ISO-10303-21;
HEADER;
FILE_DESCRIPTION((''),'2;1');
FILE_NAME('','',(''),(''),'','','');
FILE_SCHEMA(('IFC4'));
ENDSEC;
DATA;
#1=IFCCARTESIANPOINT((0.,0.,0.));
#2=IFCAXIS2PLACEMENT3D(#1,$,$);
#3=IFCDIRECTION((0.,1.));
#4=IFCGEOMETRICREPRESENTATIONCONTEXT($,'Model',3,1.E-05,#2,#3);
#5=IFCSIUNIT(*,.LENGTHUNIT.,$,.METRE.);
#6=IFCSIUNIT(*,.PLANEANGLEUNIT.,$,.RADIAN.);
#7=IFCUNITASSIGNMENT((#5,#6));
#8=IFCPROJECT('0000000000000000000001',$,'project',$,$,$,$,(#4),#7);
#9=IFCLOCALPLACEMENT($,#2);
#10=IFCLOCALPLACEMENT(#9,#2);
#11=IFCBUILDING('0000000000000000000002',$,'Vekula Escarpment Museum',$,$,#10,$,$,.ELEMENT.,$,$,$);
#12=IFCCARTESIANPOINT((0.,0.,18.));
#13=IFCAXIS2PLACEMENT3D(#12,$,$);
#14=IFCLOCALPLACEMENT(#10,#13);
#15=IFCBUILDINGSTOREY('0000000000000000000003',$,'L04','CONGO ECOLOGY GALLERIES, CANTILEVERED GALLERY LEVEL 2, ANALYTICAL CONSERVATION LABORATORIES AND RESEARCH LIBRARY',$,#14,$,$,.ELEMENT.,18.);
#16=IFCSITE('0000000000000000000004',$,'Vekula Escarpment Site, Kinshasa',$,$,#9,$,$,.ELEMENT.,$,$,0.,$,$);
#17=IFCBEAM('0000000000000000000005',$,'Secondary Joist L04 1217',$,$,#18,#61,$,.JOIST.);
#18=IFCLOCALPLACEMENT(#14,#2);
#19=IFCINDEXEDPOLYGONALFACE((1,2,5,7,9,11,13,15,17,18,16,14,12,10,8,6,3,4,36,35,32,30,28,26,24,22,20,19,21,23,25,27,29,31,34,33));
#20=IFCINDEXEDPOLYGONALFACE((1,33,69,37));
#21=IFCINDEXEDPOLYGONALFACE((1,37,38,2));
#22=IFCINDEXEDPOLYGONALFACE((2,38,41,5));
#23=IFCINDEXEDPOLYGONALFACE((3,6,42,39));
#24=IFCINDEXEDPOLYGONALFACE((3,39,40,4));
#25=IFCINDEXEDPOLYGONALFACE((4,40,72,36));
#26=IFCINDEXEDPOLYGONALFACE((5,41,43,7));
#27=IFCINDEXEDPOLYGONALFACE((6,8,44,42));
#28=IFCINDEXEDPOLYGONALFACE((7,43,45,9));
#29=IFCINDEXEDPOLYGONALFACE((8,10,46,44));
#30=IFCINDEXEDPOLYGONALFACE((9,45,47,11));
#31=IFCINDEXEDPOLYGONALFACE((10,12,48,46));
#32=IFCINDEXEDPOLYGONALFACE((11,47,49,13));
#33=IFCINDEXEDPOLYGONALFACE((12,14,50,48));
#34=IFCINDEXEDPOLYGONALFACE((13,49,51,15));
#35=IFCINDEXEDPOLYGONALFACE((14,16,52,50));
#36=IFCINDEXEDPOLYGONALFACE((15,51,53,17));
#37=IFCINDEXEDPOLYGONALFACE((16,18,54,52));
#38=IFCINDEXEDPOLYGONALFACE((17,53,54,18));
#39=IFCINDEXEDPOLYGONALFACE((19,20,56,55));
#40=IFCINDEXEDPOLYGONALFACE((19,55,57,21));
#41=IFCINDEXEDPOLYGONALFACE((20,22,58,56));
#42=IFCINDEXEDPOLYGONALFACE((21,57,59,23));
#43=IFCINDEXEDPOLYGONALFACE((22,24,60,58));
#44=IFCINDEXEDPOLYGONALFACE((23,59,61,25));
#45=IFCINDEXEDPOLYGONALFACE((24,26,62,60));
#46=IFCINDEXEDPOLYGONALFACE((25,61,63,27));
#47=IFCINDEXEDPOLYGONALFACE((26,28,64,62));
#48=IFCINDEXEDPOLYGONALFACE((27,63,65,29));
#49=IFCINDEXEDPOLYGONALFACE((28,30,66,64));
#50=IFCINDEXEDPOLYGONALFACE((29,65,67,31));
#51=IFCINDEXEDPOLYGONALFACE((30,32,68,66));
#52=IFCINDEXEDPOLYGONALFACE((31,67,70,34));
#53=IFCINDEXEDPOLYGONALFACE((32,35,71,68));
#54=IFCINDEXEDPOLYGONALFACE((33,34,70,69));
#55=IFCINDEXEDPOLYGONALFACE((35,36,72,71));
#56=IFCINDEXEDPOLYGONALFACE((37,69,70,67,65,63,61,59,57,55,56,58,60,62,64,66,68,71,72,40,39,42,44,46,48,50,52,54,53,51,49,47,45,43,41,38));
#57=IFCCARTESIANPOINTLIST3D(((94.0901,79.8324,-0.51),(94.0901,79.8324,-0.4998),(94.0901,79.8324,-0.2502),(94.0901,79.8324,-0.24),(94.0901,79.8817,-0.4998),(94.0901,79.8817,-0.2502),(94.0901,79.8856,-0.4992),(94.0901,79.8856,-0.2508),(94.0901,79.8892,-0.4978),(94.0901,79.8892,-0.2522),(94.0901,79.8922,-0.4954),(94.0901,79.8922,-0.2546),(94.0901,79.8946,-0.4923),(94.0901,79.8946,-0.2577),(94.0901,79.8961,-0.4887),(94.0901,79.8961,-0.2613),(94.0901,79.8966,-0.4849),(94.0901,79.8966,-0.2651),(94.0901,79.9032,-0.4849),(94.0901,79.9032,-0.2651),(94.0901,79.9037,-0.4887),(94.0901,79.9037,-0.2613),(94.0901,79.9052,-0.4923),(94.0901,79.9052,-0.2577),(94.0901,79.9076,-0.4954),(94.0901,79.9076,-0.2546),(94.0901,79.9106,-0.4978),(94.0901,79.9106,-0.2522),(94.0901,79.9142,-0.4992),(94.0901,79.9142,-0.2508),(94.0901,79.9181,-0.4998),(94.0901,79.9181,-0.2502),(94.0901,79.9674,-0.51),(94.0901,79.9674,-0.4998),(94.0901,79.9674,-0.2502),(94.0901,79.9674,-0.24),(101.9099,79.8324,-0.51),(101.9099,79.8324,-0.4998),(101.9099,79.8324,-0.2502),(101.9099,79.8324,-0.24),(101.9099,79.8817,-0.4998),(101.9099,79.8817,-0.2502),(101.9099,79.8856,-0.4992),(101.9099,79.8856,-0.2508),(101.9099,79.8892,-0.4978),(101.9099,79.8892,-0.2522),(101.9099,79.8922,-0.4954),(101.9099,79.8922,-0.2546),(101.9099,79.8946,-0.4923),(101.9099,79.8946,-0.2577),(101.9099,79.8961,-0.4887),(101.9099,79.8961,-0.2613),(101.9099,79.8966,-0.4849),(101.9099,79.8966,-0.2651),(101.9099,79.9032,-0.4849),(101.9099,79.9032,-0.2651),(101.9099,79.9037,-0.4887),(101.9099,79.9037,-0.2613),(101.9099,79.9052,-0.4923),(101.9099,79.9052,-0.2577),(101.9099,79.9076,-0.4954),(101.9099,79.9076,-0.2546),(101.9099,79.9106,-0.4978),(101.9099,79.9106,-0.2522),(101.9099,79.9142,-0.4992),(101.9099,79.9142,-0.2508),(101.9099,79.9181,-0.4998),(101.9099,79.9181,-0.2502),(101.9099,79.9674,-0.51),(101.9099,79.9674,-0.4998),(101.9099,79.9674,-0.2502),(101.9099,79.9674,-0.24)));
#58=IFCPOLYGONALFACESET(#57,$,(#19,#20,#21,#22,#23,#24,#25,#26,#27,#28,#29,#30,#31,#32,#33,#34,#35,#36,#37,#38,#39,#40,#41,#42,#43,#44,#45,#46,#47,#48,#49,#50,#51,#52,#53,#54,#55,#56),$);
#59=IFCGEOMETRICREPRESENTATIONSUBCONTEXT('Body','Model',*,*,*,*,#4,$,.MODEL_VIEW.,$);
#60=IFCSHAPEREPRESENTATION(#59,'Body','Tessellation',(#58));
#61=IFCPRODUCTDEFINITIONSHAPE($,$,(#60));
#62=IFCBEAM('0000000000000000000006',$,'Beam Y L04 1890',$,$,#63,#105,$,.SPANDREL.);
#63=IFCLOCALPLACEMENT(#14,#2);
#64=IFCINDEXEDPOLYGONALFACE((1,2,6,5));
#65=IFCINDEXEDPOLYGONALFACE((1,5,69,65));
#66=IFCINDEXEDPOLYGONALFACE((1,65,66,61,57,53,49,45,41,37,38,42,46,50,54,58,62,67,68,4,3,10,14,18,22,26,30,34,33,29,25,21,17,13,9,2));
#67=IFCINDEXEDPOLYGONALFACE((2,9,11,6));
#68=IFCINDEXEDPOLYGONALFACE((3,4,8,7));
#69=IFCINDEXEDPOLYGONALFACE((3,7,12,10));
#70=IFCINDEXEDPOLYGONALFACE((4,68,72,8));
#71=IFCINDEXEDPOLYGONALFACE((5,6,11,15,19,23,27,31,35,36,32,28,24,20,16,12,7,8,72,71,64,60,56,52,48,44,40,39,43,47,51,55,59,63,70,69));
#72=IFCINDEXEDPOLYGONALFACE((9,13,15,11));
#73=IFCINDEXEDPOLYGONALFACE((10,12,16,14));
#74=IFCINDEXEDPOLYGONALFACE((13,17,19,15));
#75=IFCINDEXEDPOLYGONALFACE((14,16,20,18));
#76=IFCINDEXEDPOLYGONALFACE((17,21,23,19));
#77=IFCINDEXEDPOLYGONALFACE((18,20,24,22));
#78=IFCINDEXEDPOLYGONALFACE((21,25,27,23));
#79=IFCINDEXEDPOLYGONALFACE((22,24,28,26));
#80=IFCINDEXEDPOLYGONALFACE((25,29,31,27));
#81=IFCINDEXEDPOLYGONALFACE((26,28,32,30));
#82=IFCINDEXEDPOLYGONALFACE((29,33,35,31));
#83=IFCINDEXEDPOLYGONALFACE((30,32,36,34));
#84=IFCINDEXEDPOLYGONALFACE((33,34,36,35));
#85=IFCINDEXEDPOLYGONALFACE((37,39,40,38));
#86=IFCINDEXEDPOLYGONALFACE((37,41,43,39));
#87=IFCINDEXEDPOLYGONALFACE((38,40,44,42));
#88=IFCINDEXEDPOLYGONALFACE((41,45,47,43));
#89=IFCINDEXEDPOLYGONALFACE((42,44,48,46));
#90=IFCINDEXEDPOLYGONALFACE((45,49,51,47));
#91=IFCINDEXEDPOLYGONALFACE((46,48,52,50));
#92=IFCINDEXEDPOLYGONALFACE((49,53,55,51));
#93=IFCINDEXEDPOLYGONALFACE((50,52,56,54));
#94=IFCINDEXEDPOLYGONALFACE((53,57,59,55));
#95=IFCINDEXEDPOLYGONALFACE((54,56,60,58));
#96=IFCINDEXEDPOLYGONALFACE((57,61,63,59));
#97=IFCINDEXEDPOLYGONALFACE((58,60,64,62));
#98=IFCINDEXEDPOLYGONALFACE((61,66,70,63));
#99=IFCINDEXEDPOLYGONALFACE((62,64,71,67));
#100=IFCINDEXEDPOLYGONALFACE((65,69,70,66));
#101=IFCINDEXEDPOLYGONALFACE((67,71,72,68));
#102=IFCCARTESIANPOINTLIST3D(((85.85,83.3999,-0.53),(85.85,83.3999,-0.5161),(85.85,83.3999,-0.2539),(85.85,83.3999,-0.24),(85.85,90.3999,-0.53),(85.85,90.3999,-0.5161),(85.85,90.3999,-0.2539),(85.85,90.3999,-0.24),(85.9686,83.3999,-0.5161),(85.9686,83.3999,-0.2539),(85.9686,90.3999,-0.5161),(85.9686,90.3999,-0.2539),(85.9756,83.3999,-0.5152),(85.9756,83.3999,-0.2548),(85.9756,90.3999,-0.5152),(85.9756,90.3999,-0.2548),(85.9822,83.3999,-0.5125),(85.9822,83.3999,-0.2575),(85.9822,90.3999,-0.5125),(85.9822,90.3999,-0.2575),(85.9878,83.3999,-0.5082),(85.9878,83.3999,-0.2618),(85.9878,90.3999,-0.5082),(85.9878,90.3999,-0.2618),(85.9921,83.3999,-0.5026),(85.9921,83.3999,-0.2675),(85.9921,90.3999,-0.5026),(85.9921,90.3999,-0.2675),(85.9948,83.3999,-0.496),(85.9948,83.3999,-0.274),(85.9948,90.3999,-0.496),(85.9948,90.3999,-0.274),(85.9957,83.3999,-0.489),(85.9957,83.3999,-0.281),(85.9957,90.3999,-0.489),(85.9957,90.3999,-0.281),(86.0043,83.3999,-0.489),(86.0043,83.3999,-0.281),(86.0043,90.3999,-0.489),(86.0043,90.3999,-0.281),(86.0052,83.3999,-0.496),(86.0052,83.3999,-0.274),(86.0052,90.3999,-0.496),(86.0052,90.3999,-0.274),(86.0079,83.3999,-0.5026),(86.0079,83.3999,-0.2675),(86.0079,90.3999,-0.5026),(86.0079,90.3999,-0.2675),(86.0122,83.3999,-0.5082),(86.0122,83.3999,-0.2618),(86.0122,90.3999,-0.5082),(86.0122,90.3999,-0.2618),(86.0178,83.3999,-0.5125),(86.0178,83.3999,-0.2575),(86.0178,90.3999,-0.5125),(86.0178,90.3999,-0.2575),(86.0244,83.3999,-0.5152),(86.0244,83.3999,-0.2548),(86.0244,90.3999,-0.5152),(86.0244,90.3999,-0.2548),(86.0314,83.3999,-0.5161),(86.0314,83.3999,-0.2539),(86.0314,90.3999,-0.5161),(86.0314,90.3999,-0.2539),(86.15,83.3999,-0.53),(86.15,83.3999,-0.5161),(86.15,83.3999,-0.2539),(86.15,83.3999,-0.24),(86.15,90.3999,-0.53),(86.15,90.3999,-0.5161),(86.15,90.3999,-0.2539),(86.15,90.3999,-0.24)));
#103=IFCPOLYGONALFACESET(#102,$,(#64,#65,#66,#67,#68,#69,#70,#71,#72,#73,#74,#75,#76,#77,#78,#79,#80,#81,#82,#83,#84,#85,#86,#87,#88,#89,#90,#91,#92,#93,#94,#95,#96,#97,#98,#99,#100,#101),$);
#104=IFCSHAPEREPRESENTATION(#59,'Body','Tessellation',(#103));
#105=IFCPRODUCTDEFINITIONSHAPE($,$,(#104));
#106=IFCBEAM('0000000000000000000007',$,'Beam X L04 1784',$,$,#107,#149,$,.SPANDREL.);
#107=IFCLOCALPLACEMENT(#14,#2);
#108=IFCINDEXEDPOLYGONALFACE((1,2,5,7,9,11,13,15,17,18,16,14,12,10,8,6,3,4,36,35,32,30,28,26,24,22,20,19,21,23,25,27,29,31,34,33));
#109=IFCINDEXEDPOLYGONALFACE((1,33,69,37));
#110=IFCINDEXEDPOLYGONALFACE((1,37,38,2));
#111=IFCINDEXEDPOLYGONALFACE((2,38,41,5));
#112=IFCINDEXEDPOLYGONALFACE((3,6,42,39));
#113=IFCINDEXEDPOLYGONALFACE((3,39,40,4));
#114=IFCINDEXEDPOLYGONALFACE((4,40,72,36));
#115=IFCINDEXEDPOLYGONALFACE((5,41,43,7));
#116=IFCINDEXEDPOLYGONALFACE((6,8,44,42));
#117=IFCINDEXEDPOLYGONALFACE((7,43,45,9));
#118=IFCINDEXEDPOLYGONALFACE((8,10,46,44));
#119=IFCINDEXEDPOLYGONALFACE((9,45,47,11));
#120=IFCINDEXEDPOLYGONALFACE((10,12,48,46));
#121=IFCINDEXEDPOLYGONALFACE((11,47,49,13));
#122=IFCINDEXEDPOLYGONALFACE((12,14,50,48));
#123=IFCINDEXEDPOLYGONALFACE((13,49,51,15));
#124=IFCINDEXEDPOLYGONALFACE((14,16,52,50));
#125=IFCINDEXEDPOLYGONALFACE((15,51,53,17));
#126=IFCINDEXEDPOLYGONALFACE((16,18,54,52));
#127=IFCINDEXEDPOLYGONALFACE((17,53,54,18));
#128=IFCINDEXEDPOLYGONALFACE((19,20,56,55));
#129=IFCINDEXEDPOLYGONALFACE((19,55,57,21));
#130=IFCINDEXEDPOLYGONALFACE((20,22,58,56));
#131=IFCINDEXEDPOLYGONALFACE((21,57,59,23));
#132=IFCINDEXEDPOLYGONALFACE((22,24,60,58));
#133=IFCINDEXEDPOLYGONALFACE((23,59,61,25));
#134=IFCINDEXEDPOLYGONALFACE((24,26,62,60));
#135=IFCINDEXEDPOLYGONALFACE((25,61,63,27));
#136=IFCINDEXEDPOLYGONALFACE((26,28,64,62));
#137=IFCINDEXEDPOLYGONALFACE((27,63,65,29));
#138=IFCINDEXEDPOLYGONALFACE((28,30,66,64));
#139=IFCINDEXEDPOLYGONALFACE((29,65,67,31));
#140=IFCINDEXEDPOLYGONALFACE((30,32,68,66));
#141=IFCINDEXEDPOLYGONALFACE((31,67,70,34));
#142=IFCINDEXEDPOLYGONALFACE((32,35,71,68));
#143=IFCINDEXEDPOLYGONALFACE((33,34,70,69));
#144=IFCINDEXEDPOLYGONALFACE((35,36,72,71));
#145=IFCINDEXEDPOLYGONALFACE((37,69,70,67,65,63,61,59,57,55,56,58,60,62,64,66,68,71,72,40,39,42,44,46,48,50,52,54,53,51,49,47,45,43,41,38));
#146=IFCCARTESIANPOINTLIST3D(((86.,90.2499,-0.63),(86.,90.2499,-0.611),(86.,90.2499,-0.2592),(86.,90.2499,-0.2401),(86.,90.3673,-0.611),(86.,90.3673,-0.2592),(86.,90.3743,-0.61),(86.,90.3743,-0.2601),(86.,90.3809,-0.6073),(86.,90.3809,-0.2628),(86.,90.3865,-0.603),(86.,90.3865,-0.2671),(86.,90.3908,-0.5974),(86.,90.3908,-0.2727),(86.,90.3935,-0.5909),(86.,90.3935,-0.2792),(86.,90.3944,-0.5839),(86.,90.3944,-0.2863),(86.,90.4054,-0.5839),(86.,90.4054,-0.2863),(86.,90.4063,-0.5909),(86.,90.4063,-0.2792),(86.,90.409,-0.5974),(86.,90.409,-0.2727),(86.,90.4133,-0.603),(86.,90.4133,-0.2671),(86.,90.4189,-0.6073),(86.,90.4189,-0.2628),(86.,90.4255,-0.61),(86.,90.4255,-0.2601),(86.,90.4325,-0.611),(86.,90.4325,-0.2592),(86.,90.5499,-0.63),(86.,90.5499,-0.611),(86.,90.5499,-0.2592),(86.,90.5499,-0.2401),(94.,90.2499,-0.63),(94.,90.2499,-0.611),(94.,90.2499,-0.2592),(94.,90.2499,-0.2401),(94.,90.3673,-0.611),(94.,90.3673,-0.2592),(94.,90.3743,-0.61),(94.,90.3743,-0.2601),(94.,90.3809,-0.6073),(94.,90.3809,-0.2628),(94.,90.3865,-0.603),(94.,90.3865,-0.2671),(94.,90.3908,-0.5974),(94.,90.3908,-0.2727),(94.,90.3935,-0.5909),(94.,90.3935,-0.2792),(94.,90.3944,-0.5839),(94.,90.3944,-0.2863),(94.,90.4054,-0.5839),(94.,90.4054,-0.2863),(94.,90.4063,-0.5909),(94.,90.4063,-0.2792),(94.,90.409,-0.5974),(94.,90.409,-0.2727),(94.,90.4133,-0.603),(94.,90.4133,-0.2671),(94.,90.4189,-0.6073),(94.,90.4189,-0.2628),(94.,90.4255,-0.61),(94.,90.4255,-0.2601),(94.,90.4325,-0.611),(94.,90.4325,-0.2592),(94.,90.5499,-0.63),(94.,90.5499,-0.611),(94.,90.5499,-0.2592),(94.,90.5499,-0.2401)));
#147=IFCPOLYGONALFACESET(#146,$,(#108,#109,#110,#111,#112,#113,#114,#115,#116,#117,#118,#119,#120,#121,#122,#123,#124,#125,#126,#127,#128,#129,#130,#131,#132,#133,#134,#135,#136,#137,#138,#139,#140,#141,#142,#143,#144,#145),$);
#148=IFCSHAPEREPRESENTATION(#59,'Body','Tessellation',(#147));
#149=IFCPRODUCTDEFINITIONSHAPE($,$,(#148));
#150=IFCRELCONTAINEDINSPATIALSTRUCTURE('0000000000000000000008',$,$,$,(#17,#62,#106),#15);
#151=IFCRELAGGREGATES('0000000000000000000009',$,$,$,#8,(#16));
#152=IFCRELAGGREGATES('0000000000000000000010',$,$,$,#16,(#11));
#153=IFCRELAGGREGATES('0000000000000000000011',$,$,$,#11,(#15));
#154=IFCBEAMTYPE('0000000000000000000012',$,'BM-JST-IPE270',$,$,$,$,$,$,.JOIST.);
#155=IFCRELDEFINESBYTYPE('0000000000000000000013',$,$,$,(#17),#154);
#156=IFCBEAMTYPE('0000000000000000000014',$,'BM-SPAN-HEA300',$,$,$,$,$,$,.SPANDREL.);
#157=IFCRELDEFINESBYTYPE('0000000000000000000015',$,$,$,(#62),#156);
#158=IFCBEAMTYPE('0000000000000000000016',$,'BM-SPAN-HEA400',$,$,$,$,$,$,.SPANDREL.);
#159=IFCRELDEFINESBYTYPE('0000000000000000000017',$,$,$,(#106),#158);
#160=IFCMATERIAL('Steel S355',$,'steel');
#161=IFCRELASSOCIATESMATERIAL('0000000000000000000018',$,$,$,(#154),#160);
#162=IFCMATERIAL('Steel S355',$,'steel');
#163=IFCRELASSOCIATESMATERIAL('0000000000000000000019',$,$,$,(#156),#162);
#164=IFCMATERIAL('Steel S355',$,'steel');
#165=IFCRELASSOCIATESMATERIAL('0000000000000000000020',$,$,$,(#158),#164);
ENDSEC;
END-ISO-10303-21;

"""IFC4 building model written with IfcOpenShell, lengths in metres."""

from ifc_helpers import new_model, si_unit, direction, frame, origin, origin_2d, place, context, subcontext, project, spatial, i_section, extrude, material, material_profile, profile_set, type_object, element, save


model = new_model("IFC4")

# Units and contexts
model_context = context("Model", 3, precision=1e-05, world=origin(), true_north=direction((0.0, 1.0)))
body_context = subcontext(model_context, "Body", "Model", "MODEL_VIEW")
ifc_project = project(units=[si_unit("LENGTHUNIT", "METRE"), si_unit("PLANEANGLEUNIT", "RADIAN")], contexts=[model_context])

# Site, building, storey
site_placement = place(None, origin())
site = spatial("IfcSite", under=ifc_project, at=site_placement, Name="Vekula Escarpment Site, Kinshasa", CompositionType="ELEMENT", RefElevation=0.0)
building_placement = place(site_placement, origin())
building = spatial("IfcBuilding", under=site, at=building_placement, Name="Vekula Escarpment Museum", CompositionType="ELEMENT")
storey_placement = place(building_placement, frame((0.0, 0.0, 18.0)))
storey = spatial("IfcBuildingStorey", under=building, at=storey_placement, Name="L04", Description="CONGO ECOLOGY GALLERIES, CANTILEVERED GALLERY LEVEL 2, ANALYTICAL CONSERVATION LABORATORIES AND RESEARCH LIBRARY", CompositionType="ELEMENT", Elevation=18.0)

# Beams
ifc_material_1 = material(Name="Steel S355", Category="steel")
ifc_material_profile_1 = material_profile(ifc_material_1, i_section(OverallWidth=0.135, OverallDepth=0.27, WebThickness=0.0066, FlangeThickness=0.0103, FilletRadius=0.0149, at=origin_2d()), Name="IPE 270")
ifc_profile_set_1 = profile_set([ifc_material_profile_1], Name="Steel S355")
beam_type_1 = type_object("IfcBeamType", Name="BM-JST-IPE270", PredefinedType="JOIST", material=ifc_profile_set_1)
for number, where, z_axis, x_axis, name in (
    (1, (94.0901, 79.8999, -0.375), (1.0, 0.0, 0.0), (0.0, 1.0, 0.0), "Secondary Joist L04 1217"),
):
    element("IfcBeam", number, at=place(storey_placement, frame(where, z_axis=z_axis, x_axis=x_axis)), inside=storey, type_object=beam_type_1, Name=name, PredefinedType="JOIST", context=body_context, shape_type="SweptSolid", body=[
        extrude(i_section(OverallWidth=0.135, OverallDepth=0.27, WebThickness=0.0066, FlangeThickness=0.0103, FilletRadius=0.0149, at=origin_2d()), origin(), (0.0, 0.0, 1.0), 7.8198),
    ])
ifc_material_2 = material(Name="Steel S355", Category="steel")
ifc_material_profile_2 = material_profile(ifc_material_2, i_section(OverallWidth=0.3, OverallDepth=0.29, WebThickness=0.0085, FlangeThickness=0.0139, FilletRadius=0.0271, at=origin_2d()), Name="HEA 300")
ifc_profile_set_2 = profile_set([ifc_material_profile_2], Name="Steel S355")
beam_type_2 = type_object("IfcBeamType", Name="BM-SPAN-HEA300", PredefinedType="SPANDREL", material=ifc_profile_set_2)
beam_1_placement = place(storey_placement, frame((86.0, 83.3999, -0.385), z_axis=(0.0, 1.0, 0.0), x_axis=(-1.0, 0.0, 0.0)))
element("IfcBeam", 2, at=beam_1_placement, inside=storey, type_object=beam_type_2, Name="Beam Y L04 1890", PredefinedType="SPANDREL", context=body_context, shape_type="SweptSolid", body=[
    extrude(i_section(OverallWidth=0.3, OverallDepth=0.29, WebThickness=0.0085, FlangeThickness=0.0139, FilletRadius=0.0271, at=origin_2d()), origin(), (0.0, 0.0, 1.0), 7.0),
])
ifc_material_3 = material(Name="Steel S355", Category="steel")
ifc_material_profile_3 = material_profile(ifc_material_3, i_section(OverallWidth=0.3, OverallDepth=0.3899, WebThickness=0.011, FlangeThickness=0.019, FilletRadius=0.0271, at=origin_2d()), Name="HEA 400")
ifc_profile_set_3 = profile_set([ifc_material_profile_3], Name="Steel S355")
beam_type_3 = type_object("IfcBeamType", Name="BM-SPAN-HEA400", PredefinedType="SPANDREL", material=ifc_profile_set_3)
beam_2_placement = place(storey_placement, frame((86.0, 90.3999, -0.4351), z_axis=(1.0, 0.0, 0.0), x_axis=(0.0, 1.0, 0.0)))
element("IfcBeam", 3, at=beam_2_placement, inside=storey, type_object=beam_type_3, Name="Beam X L04 1784", PredefinedType="SPANDREL", context=body_context, shape_type="SweptSolid", body=[
    extrude(i_section(OverallWidth=0.3, OverallDepth=0.3899, WebThickness=0.011, FlangeThickness=0.019, FilletRadius=0.0271, at=origin_2d()), origin(), (0.0, 0.0, 1.0), 8.0),
])

save(model, "model.ifc")
